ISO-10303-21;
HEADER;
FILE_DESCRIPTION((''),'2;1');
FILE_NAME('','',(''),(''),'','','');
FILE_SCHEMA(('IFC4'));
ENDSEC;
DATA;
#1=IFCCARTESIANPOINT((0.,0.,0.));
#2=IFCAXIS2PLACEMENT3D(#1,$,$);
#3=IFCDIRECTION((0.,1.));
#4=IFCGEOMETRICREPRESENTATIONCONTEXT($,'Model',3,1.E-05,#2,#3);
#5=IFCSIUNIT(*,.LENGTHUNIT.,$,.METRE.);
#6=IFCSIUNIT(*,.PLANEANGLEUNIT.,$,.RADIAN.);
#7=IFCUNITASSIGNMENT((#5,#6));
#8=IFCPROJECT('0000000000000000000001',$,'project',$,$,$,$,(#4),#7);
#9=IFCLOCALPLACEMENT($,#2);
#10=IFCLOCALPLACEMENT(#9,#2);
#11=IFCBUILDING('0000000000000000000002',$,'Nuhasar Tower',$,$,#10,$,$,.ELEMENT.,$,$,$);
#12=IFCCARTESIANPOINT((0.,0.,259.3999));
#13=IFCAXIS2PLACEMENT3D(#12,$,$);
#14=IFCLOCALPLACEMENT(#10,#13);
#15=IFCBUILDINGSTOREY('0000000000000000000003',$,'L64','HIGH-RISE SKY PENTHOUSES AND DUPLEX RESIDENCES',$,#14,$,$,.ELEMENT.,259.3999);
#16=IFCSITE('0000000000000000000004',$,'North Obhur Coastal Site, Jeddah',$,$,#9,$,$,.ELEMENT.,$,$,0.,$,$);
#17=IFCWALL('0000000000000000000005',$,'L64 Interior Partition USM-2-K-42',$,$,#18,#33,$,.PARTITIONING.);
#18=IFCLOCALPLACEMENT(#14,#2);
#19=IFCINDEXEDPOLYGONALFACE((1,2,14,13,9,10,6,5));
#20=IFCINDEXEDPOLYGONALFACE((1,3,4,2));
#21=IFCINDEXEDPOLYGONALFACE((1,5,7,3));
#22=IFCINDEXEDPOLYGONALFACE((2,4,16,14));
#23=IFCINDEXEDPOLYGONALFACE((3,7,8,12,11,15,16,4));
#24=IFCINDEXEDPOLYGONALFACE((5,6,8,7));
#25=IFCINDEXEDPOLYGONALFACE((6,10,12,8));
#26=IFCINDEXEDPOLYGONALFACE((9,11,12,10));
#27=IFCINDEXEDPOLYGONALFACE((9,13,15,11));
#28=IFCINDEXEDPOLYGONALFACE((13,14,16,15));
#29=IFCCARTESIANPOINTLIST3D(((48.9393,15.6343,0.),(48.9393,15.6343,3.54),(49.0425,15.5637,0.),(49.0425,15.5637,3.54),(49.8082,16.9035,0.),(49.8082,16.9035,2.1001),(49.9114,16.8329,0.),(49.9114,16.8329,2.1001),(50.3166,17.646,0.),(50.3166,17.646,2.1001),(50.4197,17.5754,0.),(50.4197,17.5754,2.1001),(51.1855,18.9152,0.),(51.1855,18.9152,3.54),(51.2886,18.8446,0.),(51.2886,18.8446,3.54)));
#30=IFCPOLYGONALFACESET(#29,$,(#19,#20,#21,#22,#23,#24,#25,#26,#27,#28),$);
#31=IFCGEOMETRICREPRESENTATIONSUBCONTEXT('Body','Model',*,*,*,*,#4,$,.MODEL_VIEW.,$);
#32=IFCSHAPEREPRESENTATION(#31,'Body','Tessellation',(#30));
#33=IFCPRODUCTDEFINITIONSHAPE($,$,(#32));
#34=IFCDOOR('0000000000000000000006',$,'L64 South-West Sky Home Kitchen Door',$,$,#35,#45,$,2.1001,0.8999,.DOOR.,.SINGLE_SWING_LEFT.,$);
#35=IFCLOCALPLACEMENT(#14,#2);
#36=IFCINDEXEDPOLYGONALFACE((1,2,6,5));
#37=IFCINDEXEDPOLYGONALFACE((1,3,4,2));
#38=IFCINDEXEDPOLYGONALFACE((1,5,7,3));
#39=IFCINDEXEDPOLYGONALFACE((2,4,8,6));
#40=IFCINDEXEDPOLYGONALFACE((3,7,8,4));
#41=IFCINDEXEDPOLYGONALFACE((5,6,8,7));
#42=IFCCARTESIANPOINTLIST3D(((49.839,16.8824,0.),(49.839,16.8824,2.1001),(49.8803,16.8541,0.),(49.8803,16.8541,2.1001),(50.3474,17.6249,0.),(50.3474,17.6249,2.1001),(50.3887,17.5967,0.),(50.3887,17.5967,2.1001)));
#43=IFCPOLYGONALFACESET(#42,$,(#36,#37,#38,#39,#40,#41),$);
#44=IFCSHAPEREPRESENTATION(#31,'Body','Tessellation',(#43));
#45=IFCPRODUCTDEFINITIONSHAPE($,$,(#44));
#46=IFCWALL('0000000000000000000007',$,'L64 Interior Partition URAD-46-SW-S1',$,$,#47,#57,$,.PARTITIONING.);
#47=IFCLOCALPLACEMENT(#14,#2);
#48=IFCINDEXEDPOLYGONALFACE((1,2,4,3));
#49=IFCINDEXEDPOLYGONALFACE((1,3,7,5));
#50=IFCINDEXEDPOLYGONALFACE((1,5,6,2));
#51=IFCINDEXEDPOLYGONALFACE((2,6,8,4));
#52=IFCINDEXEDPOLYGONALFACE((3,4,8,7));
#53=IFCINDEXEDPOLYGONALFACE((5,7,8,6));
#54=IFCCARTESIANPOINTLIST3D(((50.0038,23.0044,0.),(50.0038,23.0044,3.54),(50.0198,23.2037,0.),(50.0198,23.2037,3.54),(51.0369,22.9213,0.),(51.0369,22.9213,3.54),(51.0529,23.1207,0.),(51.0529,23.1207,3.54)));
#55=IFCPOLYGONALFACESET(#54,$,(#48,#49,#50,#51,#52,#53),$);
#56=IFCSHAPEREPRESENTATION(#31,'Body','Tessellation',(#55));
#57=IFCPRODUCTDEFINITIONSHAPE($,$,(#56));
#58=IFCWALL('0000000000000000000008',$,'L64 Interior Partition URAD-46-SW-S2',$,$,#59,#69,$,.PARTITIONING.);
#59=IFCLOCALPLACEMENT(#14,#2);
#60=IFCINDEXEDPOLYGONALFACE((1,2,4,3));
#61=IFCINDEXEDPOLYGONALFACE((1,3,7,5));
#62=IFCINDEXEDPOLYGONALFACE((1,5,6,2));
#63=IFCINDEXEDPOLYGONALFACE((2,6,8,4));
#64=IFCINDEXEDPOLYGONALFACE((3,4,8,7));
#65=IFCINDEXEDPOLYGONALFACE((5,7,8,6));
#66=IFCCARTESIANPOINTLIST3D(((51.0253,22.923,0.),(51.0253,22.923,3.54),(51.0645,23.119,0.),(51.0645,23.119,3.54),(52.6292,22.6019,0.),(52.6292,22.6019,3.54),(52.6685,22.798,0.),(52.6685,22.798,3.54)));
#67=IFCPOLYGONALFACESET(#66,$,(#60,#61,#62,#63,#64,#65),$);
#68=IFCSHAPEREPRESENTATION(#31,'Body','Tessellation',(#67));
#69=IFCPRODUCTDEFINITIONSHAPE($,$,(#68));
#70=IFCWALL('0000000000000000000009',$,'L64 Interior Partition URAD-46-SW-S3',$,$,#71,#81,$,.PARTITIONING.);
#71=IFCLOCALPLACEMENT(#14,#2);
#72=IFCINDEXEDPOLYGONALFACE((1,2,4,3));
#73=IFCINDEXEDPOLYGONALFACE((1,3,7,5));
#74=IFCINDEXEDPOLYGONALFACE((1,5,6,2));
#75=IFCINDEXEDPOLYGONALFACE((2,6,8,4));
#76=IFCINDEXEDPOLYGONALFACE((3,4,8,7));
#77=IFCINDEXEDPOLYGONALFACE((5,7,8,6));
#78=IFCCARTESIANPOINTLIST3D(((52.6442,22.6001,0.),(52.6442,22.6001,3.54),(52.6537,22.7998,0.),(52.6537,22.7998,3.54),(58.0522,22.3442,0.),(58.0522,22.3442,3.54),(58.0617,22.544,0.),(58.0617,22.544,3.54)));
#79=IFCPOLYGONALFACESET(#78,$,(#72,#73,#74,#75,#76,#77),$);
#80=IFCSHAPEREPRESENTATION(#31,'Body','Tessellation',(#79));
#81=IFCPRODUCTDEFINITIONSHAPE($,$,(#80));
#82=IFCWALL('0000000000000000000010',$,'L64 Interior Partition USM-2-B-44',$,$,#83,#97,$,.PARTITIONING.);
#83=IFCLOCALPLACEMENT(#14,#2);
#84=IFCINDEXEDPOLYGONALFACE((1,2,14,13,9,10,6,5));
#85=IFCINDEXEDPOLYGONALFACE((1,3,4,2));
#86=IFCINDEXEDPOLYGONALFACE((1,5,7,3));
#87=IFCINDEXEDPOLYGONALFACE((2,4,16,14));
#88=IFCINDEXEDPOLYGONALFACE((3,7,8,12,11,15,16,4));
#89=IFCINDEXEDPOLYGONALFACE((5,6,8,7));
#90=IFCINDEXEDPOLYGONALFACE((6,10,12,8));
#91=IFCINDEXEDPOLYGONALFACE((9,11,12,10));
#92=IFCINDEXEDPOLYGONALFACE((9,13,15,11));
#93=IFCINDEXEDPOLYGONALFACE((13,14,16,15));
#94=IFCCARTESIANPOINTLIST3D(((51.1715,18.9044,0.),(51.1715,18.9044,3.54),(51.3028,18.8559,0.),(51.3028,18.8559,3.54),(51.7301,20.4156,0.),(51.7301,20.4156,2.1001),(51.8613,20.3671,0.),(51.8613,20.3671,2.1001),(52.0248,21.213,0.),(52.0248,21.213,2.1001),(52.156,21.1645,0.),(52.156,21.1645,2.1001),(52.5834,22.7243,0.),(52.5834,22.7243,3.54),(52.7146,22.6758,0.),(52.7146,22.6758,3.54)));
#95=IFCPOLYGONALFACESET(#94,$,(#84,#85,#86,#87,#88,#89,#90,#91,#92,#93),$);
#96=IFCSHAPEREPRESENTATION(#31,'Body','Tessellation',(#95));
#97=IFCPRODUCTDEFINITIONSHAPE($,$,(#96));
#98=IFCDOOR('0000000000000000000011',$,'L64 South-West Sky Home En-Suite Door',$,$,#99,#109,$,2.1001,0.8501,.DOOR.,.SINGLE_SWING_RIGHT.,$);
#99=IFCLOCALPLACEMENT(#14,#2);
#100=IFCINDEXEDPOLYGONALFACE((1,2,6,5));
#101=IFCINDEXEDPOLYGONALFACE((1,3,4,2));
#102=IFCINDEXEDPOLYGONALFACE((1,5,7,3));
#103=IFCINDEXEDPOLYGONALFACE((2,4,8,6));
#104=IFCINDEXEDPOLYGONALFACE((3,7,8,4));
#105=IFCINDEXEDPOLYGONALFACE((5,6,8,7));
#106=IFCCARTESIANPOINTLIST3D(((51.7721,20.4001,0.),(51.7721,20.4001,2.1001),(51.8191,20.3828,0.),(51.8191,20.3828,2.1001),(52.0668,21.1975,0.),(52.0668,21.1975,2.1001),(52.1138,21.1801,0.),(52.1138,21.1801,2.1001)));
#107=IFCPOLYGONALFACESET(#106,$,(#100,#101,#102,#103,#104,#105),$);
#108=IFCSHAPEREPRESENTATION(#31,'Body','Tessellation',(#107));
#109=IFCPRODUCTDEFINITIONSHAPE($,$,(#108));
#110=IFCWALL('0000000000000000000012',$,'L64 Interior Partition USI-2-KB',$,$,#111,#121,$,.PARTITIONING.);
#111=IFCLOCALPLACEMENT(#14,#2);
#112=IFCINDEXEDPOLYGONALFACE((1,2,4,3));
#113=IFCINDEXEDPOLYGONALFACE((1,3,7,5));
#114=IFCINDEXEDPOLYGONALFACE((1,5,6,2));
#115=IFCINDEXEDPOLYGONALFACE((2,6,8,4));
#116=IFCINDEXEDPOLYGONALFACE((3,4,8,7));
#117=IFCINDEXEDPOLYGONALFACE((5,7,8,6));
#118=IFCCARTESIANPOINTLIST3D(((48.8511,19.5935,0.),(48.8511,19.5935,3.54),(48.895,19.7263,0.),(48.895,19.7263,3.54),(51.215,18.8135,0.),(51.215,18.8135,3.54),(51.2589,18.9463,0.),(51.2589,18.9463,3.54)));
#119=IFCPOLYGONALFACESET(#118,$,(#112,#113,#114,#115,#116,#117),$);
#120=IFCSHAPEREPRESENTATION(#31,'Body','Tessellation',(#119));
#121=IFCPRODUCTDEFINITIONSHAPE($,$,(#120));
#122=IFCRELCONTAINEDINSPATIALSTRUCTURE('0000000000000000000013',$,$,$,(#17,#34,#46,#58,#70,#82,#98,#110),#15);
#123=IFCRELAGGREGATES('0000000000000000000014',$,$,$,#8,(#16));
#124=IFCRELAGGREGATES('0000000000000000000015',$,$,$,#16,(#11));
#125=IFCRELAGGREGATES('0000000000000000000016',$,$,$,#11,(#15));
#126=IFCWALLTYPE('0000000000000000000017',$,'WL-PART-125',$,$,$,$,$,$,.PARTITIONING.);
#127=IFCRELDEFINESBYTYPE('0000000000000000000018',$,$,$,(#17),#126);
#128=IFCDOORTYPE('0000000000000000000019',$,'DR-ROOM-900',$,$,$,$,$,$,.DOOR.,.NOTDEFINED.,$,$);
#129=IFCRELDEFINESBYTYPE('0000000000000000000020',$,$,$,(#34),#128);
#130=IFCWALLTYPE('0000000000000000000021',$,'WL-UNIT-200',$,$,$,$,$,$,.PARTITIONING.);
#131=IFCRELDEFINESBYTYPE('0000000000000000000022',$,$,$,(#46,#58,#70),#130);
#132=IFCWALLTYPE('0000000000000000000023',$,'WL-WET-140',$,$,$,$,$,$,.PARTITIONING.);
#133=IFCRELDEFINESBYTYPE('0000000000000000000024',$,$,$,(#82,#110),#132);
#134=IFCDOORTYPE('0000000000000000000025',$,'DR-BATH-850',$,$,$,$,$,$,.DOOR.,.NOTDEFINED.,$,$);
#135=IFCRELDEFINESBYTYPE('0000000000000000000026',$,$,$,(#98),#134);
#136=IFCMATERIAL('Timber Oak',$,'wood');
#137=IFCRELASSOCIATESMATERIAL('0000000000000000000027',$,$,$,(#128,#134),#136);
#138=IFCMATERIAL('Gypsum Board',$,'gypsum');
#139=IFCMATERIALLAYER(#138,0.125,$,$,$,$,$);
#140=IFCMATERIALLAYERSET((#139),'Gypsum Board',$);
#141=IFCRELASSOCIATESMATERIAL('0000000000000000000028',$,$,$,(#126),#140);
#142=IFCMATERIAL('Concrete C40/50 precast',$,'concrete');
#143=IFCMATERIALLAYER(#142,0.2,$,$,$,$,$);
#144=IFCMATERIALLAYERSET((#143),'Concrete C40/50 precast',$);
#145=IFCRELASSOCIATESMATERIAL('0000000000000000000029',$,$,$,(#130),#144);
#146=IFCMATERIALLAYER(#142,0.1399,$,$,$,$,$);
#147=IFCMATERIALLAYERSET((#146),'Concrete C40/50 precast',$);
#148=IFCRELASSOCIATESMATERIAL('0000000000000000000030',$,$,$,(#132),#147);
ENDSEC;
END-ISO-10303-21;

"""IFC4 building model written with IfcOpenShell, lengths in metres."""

from ifc_helpers import new_model, si_unit, direction, frame, frame_2d, origin, place, context, subcontext, project, spatial, rectangle, extrude, material, layer, layer_set, type_object, element, fill, save


model = new_model("IFC4")

# Units and contexts
model_context = context("Model", 3, precision=1e-05, world=origin(), true_north=direction((0.0, 1.0)))
body_context = subcontext(model_context, "Body", "Model", "MODEL_VIEW")
ifc_project = project(units=[si_unit("LENGTHUNIT", "METRE"), si_unit("PLANEANGLEUNIT", "RADIAN")], contexts=[model_context])

# Site, building, storey
site_placement = place(None, origin())
site = spatial("IfcSite", under=ifc_project, at=site_placement, Name="North Obhur Coastal Site, Jeddah", CompositionType="ELEMENT", RefElevation=0.0)
building_placement = place(site_placement, origin())
building = spatial("IfcBuilding", under=site, at=building_placement, Name="Nuhasar Tower", CompositionType="ELEMENT")
storey_placement = place(building_placement, frame((0.0, 0.0, 259.3999)))
storey = spatial("IfcBuildingStorey", under=building, at=storey_placement, Name="L64", Description="HIGH-RISE SKY PENTHOUSES AND DUPLEX RESIDENCES", CompositionType="ELEMENT", Elevation=259.3999)

# Shared definitions
ifc_material_1 = material(Name="Gypsum Board", Category="gypsum")

# Shared definitions
ifc_material_2 = material(Name="Timber Oak", Category="wood")
door_type_1 = type_object("IfcDoorType", Name="DR-ROOM-900", OperationType="NOTDEFINED", PredefinedType="DOOR", material=ifc_material_2)

# Wall, opening, door
ifc_layer_1 = layer(ifc_material_1, 0.125)
ifc_layer_set_1 = layer_set([ifc_layer_1], Name="Gypsum Board")
wall_type_1 = type_object("IfcWallType", Name="WL-PART-125", PredefinedType="PARTITIONING", material=ifc_layer_set_1)
wall_1_placement = place(storey_placement, frame((51.2371, 18.8799, 0.0), z_axis=(0.0, 0.0, 1.0), x_axis=(-0.564917, -0.825148, 0.0)))
wall_1 = element("IfcWall", 1, at=wall_1_placement, inside=storey, type_object=wall_type_1, Name="L64 Interior Partition USM-2-K-42", PredefinedType="PARTITIONING", context=body_context, shape_type="SweptSolid", body=[
    extrude(rectangle(XDim=3.9761, YDim=0.125, at=frame_2d((1.988, 0.0))), origin(), (0.0, 0.0, 1.0), 3.54),
])
opening_1_placement = place(wall_1_placement, frame((1.5381, 0.0, 0.0)))
opening_1 = element("IfcOpeningElement", 2, at=opening_1_placement, cuts=wall_1, PredefinedType="OPENING", context=body_context, shape_type="SweptSolid", body=[
    extrude(rectangle(XDim=0.8999, YDim=2.1001, at=frame_2d((0.45, 1.05))), frame((0.0, 0.0725, 0.0), z_axis=(0.0, -1.0, 0.0), x_axis=(1.0, 0.0, 0.0)), (0.0, 0.0, 1.0), 0.145),
])
door_1_placement = place(opening_1_placement, origin())
door_1 = element("IfcDoor", 3, at=door_1_placement, inside=storey, type_object=door_type_1, Name="L64 South-West Sky Home Kitchen Door", OperationType="SINGLE_SWING_LEFT", OverallHeight=2.1001, OverallWidth=0.8999, PredefinedType="DOOR", context=body_context, shape_type="SweptSolid", body=[
    extrude(rectangle(XDim=0.8999, YDim=2.1001, at=frame_2d((0.45, 1.05))), frame((0.0, 0.0249, 0.0), z_axis=(0.0, -1.0, 0.0), x_axis=(1.0, 0.0, 0.0)), (0.0, 0.0, 1.0), 0.05),
])
fill(opening_1, door_1)

# Walls
ifc_material_3 = material(Name="Concrete C40/50 precast", Category="concrete")
ifc_layer_2 = layer(ifc_material_3, 0.2)
ifc_layer_set_2 = layer_set([ifc_layer_2], Name="Concrete C40/50 precast")
wall_type_2 = type_object("IfcWallType", Name="WL-UNIT-200", PredefinedType="PARTITIONING", material=ifc_layer_set_2)
wall_2_placement = place(storey_placement, frame((50.012, 23.104, 0.0), z_axis=(0.0, 0.0, 1.0), x_axis=(0.996787, -0.080101, 0.0)))
element("IfcWall", 4, at=wall_2_placement, inside=storey, type_object=wall_type_2, Name="L64 Interior Partition URAD-46-SW-S1", PredefinedType="PARTITIONING", context=body_context, shape_type="SweptSolid", body=[
    extrude(rectangle(XDim=1.0364, YDim=0.2, at=frame_2d((0.5181, 0.0))), origin(), (0.0, 0.0, 1.0), 3.54),
])
wall_3_placement = place(storey_placement, frame((51.0449, 23.021, 0.0), z_axis=(0.0, 0.0, 1.0), x_axis=(0.980552, -0.19626, 0.0)))
element("IfcWall", 5, at=wall_3_placement, inside=storey, type_object=wall_type_2, Name="L64 Interior Partition URAD-46-SW-S2", PredefinedType="PARTITIONING", context=body_context, shape_type="SweptSolid", body=[
    extrude(rectangle(XDim=1.6357, YDim=0.2, at=frame_2d((0.8179, 0.0))), origin(), (0.0, 0.0, 1.0), 3.54),
])
wall_4_placement = place(storey_placement, frame((52.6489, 22.7, 0.0), z_axis=(0.0, 0.0, 1.0), x_axis=(0.998883, -0.047259, 0.0)))
element("IfcWall", 6, at=wall_4_placement, inside=storey, type_object=wall_type_2, Name="L64 Interior Partition URAD-46-SW-S3", PredefinedType="PARTITIONING", context=body_context, shape_type="SweptSolid", body=[
    extrude(rectangle(XDim=5.4141, YDim=0.2, at=frame_2d((2.707, 0.0))), origin(), (0.0, 0.0, 1.0), 3.54),
])

# Wall, opening, door
ifc_layer_3 = layer(ifc_material_3, 0.1399)
ifc_layer_set_3 = layer_set([ifc_layer_3], Name="Concrete C40/50 precast")
wall_type_3 = type_object("IfcWallType", Name="WL-WET-140", PredefinedType="PARTITIONING", material=ifc_layer_set_3)
wall_5_placement = place(storey_placement, frame((52.6489, 22.7, 0.0), z_axis=(0.0, 0.0, 1.0), x_axis=(-0.346672, -0.937986, 0.0)))
wall_5 = element("IfcWall", 7, at=wall_5_placement, inside=storey, type_object=wall_type_3, Name="L64 Interior Partition USM-2-B-44", PredefinedType="PARTITIONING", context=body_context, shape_type="SweptSolid", body=[
    extrude(rectangle(XDim=4.0725, YDim=0.1399, at=frame_2d((2.0361, 0.0))), origin(), (0.0, 0.0, 1.0), 3.54),
])
opening_2_placement = place(wall_5_placement, frame((1.6111, 0.0, 0.0)))
opening_2 = element("IfcOpeningElement", 8, at=opening_2_placement, cuts=wall_5, PredefinedType="OPENING", context=body_context, shape_type="SweptSolid", body=[
    extrude(rectangle(XDim=0.8501, YDim=2.1001, at=frame_2d((0.425, 1.05))), frame((0.0, 0.0801, 0.0), z_axis=(0.0, -1.0, 0.0), x_axis=(1.0, 0.0, 0.0)), (0.0, 0.0, 1.0), 0.1599),
])
door_type_2 = type_object("IfcDoorType", Name="DR-BATH-850", OperationType="NOTDEFINED", PredefinedType="DOOR", material=ifc_material_2)
door_2_placement = place(opening_2_placement, origin())
door_2 = element("IfcDoor", 9, at=door_2_placement, inside=storey, type_object=door_type_2, Name="L64 South-West Sky Home En-Suite Door", OperationType="SINGLE_SWING_RIGHT", OverallHeight=2.1001, OverallWidth=0.8501, PredefinedType="DOOR", context=body_context, shape_type="SweptSolid", body=[
    extrude(rectangle(XDim=0.8501, YDim=2.1001, at=frame_2d((0.425, 1.05))), frame((0.0, 0.0249, 0.0), z_axis=(0.0, -1.0, 0.0), x_axis=(1.0, 0.0, 0.0)), (0.0, 0.0, 1.0), 0.05),
])
fill(opening_2, door_2)

# Wall
wall_6_placement = place(storey_placement, frame((48.873, 19.6599, 0.0), z_axis=(0.0, 0.0, 1.0), x_axis=(0.94964, -0.313343, 0.0)))
element("IfcWall", 10, at=wall_6_placement, inside=storey, type_object=wall_type_3, Name="L64 Interior Partition USI-2-KB", PredefinedType="PARTITIONING", context=body_context, shape_type="SweptSolid", body=[
    extrude(rectangle(XDim=2.4893, YDim=0.1399, at=frame_2d((1.2446, 0.0))), origin(), (0.0, 0.0, 1.0), 3.54),
])

save(model, "model.ifc")
